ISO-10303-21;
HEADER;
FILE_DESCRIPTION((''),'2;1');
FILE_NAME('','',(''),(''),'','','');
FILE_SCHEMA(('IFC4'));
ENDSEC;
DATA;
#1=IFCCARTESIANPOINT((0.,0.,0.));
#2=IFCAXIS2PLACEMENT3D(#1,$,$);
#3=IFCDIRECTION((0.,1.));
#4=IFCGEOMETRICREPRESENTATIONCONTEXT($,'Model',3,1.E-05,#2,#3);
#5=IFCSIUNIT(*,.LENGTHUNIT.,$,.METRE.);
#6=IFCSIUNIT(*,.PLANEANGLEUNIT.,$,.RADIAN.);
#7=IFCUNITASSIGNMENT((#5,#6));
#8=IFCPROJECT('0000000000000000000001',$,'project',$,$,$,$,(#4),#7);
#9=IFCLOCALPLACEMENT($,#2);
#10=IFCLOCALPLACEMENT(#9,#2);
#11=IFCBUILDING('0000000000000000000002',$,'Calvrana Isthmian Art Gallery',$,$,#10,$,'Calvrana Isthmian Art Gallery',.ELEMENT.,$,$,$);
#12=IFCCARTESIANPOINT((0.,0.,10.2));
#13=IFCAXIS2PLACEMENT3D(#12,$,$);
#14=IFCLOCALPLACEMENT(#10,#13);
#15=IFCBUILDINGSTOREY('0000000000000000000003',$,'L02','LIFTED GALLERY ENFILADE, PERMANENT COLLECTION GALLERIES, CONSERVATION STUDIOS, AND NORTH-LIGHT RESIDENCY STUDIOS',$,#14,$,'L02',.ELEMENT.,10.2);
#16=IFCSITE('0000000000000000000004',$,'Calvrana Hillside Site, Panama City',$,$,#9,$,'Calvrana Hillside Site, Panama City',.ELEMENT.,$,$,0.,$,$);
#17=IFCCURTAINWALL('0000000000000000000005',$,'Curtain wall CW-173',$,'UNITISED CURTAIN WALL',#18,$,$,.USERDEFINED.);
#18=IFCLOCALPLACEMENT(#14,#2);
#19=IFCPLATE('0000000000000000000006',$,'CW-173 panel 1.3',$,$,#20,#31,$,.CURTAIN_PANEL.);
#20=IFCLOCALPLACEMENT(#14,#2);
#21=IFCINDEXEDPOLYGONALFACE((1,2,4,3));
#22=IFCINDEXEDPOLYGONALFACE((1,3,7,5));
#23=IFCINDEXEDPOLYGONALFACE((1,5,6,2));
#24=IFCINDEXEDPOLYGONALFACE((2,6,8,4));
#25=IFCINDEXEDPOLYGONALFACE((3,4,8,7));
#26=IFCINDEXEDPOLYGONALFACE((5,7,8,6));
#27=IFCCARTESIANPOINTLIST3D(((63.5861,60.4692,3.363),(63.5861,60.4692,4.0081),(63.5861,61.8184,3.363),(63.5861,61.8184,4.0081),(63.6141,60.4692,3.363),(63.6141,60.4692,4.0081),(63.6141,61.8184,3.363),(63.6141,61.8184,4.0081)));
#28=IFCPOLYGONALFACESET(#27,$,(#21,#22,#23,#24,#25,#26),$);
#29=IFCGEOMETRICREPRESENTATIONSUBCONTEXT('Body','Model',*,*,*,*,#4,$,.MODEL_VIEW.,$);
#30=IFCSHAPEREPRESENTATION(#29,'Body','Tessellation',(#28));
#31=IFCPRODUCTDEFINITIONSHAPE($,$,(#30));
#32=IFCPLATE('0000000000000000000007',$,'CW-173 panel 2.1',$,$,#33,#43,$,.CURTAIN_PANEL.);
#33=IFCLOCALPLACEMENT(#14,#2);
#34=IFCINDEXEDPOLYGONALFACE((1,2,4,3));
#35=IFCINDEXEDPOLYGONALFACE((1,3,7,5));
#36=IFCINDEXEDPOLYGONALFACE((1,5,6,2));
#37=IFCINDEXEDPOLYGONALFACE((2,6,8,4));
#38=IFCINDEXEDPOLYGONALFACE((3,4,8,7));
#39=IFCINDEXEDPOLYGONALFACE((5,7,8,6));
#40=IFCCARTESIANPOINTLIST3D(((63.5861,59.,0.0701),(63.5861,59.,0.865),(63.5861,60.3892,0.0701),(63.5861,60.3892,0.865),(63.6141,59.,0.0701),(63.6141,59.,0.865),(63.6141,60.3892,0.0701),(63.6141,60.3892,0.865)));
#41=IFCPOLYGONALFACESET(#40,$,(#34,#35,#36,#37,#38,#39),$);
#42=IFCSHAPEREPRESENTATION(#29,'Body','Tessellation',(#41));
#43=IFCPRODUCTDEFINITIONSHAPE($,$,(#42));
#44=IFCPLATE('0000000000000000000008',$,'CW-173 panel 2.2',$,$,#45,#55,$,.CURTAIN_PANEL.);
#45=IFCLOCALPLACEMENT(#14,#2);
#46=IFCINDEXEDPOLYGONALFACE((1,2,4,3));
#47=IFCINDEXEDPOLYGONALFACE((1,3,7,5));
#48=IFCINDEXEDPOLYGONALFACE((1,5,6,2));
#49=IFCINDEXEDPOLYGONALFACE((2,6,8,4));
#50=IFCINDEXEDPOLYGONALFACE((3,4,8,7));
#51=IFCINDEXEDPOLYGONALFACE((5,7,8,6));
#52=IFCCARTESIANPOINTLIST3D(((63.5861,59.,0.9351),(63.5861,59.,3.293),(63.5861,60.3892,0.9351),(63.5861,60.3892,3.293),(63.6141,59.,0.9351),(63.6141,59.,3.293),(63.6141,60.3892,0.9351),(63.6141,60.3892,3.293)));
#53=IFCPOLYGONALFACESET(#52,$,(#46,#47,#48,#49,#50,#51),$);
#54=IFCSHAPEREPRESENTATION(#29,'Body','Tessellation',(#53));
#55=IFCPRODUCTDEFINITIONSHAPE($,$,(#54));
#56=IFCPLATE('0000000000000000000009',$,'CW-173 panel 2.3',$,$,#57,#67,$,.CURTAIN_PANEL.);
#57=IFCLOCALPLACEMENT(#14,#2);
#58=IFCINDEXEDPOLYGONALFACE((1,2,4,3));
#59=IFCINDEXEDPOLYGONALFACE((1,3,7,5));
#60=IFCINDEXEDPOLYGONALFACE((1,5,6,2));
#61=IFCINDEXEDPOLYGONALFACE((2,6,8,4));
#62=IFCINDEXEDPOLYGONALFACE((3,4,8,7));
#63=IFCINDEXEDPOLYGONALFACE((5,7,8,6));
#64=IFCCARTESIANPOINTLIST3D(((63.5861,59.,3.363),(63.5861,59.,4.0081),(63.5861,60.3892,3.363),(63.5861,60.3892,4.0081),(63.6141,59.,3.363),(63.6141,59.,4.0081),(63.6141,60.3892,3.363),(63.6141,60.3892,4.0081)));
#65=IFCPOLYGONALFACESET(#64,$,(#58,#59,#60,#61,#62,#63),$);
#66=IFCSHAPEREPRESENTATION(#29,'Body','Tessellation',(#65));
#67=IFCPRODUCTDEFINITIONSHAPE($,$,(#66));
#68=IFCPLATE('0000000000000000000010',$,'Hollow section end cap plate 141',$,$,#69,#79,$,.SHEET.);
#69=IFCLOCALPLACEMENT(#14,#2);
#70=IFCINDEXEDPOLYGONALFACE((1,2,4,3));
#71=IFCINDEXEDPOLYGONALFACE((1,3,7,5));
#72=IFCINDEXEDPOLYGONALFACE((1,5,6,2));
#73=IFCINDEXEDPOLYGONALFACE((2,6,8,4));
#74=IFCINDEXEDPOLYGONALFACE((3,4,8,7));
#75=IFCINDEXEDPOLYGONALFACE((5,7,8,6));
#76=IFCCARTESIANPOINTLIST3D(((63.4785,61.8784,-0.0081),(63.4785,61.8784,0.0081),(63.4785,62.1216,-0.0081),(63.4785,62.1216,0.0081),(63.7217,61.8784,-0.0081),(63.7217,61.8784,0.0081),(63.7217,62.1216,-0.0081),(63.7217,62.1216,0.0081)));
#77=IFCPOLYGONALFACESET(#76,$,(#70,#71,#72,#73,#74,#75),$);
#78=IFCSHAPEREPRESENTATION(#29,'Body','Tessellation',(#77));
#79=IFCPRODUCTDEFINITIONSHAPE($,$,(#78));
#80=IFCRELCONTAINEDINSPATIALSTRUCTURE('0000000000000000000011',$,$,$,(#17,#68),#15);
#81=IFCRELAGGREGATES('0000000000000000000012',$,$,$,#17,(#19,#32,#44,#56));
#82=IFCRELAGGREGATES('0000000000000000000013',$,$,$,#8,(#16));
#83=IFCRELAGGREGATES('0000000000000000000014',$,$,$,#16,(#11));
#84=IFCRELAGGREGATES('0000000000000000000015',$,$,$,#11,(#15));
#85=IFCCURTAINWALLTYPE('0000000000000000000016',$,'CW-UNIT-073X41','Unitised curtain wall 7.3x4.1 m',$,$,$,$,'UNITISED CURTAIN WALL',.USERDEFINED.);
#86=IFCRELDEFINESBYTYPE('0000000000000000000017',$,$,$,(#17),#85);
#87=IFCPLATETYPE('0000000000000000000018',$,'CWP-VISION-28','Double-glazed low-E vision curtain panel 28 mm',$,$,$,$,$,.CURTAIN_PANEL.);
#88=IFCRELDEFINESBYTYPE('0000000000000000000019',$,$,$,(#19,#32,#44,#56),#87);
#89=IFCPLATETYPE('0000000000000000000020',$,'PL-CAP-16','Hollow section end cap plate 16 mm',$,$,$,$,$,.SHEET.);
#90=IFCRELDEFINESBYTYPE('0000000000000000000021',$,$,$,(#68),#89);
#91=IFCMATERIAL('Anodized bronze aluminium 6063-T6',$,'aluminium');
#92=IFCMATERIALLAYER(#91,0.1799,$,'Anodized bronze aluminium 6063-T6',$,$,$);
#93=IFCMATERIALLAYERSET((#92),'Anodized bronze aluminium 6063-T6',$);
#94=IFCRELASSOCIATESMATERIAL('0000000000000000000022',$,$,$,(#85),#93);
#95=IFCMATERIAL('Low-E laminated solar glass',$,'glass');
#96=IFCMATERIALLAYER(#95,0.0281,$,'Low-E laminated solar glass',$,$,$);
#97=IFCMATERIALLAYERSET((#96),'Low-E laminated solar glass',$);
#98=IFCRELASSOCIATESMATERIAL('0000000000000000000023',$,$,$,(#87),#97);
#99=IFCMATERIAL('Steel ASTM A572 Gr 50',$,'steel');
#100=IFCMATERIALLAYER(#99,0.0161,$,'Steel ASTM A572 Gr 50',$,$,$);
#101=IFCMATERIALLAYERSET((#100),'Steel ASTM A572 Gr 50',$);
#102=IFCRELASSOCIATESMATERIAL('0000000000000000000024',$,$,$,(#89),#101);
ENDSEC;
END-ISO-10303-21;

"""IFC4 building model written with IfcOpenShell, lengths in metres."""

from ifc_helpers import new_model, si_unit, direction, frame, origin, origin_2d, place, context, subcontext, project, spatial, rectangle, extrude, material, layer, layer_set, type_object, element, aggregate, save


model = new_model("IFC4")

# Units and contexts
model_context = context("Model", 3, precision=1e-05, world=origin(), true_north=direction((0.0, 1.0)))
body_context = subcontext(model_context, "Body", "Model", "MODEL_VIEW")
ifc_project = project(units=[si_unit("LENGTHUNIT", "METRE"), si_unit("PLANEANGLEUNIT", "RADIAN")], contexts=[model_context])

# Site, building, storey
site_placement = place(None, origin())
site = spatial("IfcSite", under=ifc_project, at=site_placement, Name="Calvrana Hillside Site, Panama City", LongName="Calvrana Hillside Site, Panama City", CompositionType="ELEMENT", RefElevation=0.0)
building_placement = place(site_placement, origin())
building = spatial("IfcBuilding", under=site, at=building_placement, Name="Calvrana Isthmian Art Gallery", LongName="Calvrana Isthmian Art Gallery", CompositionType="ELEMENT")
storey_placement = place(building_placement, frame((0.0, 0.0, 10.2)))
storey = spatial("IfcBuildingStorey", under=building, at=storey_placement, Name="L02", Description="LIFTED GALLERY ENFILADE, PERMANENT COLLECTION GALLERIES, CONSERVATION STUDIOS, AND NORTH-LIGHT RESIDENCY STUDIOS", LongName="L02", CompositionType="ELEMENT", Elevation=10.2)

# Curtain wall, plates
ifc_material_1 = material(Name="Anodized bronze aluminium 6063-T6", Category="aluminium")
ifc_layer_1 = layer(ifc_material_1, 0.1799, Name="Anodized bronze aluminium 6063-T6")
ifc_layer_set_1 = layer_set([ifc_layer_1], Name="Anodized bronze aluminium 6063-T6")
curtain_wall_type = type_object("IfcCurtainWallType", Name="CW-UNIT-073X41", Description="Unitised curtain wall 7.3x4.1 m", ElementType="UNITISED CURTAIN WALL", PredefinedType="USERDEFINED", material=ifc_layer_set_1)
curtain_wall_placement = place(storey_placement, origin())
curtain_wall = element("IfcCurtainWall", 1, at=curtain_wall_placement, inside=storey, type_object=curtain_wall_type, Name="Curtain wall CW-173", ObjectType="UNITISED CURTAIN WALL", PredefinedType="USERDEFINED")
ifc_material_2 = material(Name="Low-E laminated solar glass", Category="glass")
ifc_layer_2 = layer(ifc_material_2, 0.0281, Name="Low-E laminated solar glass")
ifc_layer_set_2 = layer_set([ifc_layer_2], Name="Low-E laminated solar glass")
plate_type_1 = type_object("IfcPlateType", Name="CWP-VISION-28", Description="Double-glazed low-E vision curtain panel 28 mm", PredefinedType="CURTAIN_PANEL", material=ifc_layer_set_2)
plate_1_placement = place(storey_placement, frame((63.6001, 61.1438, 3.363), z_axis=(0.0, 0.0, 1.0), x_axis=(0.0, -1.0, 0.0)))
plate_1 = element("IfcPlate", 2, at=plate_1_placement, type_object=plate_type_1, Name="CW-173 panel 1.3", PredefinedType="CURTAIN_PANEL", context=body_context, shape_type="SweptSolid", body=[
    extrude(rectangle(XDim=1.3491, YDim=0.0281, at=origin_2d()), origin(), (0.0, 0.0, 1.0), 0.645),
])
plate_2_placement = place(storey_placement, frame((63.6001, 59.6946, 0.0701), z_axis=(0.0, 0.0, 1.0), x_axis=(0.0, -1.0, 0.0)))
plate_2 = element("IfcPlate", 3, at=plate_2_placement, type_object=plate_type_1, Name="CW-173 panel 2.1", PredefinedType="CURTAIN_PANEL", context=body_context, shape_type="SweptSolid", body=[
    extrude(rectangle(XDim=1.3892, YDim=0.0281, at=origin_2d()), origin(), (0.0, 0.0, 1.0), 0.7949),
])
plate_3_placement = place(storey_placement, frame((63.6001, 59.6946, 0.9351), z_axis=(0.0, 0.0, 1.0), x_axis=(0.0, -1.0, 0.0)))
plate_3 = element("IfcPlate", 4, at=plate_3_placement, type_object=plate_type_1, Name="CW-173 panel 2.2", PredefinedType="CURTAIN_PANEL", context=body_context, shape_type="SweptSolid", body=[
    extrude(rectangle(XDim=1.3892, YDim=0.0281, at=origin_2d()), origin(), (0.0, 0.0, 1.0), 2.3579),
])
plate_4_placement = place(storey_placement, frame((63.6001, 59.6946, 3.363), z_axis=(0.0, 0.0, 1.0), x_axis=(0.0, -1.0, 0.0)))
plate_4 = element("IfcPlate", 5, at=plate_4_placement, type_object=plate_type_1, Name="CW-173 panel 2.3", PredefinedType="CURTAIN_PANEL", context=body_context, shape_type="SweptSolid", body=[
    extrude(rectangle(XDim=1.3892, YDim=0.0281, at=origin_2d()), origin(), (0.0, 0.0, 1.0), 0.645),
])
aggregate(curtain_wall, [plate_1, plate_2, plate_3, plate_4])

# Plate
ifc_material_3 = material(Name="Steel ASTM A572 Gr 50", Category="steel")
ifc_layer_3 = layer(ifc_material_3, 0.0161, Name="Steel ASTM A572 Gr 50")
ifc_layer_set_3 = layer_set([ifc_layer_3], Name="Steel ASTM A572 Gr 50")
plate_type_2 = type_object("IfcPlateType", Name="PL-CAP-16", Description="Hollow section end cap plate 16 mm", PredefinedType="SHEET", material=ifc_layer_set_3)
plate_5_placement = place(storey_placement, frame((63.6001, 62.0, -0.0081), z_axis=(0.0, 0.0, 1.0), x_axis=(1.0, 0.0, 0.0)))
element("IfcPlate", 6, at=plate_5_placement, inside=storey, type_object=plate_type_2, Name="Hollow section end cap plate 141", PredefinedType="SHEET", context=body_context, shape_type="SweptSolid", body=[
    extrude(rectangle(XDim=0.2432, YDim=0.2432, at=origin_2d()), origin(), (0.0, 0.0, 1.0), 0.0161),
])

save(model, "model.ifc")
